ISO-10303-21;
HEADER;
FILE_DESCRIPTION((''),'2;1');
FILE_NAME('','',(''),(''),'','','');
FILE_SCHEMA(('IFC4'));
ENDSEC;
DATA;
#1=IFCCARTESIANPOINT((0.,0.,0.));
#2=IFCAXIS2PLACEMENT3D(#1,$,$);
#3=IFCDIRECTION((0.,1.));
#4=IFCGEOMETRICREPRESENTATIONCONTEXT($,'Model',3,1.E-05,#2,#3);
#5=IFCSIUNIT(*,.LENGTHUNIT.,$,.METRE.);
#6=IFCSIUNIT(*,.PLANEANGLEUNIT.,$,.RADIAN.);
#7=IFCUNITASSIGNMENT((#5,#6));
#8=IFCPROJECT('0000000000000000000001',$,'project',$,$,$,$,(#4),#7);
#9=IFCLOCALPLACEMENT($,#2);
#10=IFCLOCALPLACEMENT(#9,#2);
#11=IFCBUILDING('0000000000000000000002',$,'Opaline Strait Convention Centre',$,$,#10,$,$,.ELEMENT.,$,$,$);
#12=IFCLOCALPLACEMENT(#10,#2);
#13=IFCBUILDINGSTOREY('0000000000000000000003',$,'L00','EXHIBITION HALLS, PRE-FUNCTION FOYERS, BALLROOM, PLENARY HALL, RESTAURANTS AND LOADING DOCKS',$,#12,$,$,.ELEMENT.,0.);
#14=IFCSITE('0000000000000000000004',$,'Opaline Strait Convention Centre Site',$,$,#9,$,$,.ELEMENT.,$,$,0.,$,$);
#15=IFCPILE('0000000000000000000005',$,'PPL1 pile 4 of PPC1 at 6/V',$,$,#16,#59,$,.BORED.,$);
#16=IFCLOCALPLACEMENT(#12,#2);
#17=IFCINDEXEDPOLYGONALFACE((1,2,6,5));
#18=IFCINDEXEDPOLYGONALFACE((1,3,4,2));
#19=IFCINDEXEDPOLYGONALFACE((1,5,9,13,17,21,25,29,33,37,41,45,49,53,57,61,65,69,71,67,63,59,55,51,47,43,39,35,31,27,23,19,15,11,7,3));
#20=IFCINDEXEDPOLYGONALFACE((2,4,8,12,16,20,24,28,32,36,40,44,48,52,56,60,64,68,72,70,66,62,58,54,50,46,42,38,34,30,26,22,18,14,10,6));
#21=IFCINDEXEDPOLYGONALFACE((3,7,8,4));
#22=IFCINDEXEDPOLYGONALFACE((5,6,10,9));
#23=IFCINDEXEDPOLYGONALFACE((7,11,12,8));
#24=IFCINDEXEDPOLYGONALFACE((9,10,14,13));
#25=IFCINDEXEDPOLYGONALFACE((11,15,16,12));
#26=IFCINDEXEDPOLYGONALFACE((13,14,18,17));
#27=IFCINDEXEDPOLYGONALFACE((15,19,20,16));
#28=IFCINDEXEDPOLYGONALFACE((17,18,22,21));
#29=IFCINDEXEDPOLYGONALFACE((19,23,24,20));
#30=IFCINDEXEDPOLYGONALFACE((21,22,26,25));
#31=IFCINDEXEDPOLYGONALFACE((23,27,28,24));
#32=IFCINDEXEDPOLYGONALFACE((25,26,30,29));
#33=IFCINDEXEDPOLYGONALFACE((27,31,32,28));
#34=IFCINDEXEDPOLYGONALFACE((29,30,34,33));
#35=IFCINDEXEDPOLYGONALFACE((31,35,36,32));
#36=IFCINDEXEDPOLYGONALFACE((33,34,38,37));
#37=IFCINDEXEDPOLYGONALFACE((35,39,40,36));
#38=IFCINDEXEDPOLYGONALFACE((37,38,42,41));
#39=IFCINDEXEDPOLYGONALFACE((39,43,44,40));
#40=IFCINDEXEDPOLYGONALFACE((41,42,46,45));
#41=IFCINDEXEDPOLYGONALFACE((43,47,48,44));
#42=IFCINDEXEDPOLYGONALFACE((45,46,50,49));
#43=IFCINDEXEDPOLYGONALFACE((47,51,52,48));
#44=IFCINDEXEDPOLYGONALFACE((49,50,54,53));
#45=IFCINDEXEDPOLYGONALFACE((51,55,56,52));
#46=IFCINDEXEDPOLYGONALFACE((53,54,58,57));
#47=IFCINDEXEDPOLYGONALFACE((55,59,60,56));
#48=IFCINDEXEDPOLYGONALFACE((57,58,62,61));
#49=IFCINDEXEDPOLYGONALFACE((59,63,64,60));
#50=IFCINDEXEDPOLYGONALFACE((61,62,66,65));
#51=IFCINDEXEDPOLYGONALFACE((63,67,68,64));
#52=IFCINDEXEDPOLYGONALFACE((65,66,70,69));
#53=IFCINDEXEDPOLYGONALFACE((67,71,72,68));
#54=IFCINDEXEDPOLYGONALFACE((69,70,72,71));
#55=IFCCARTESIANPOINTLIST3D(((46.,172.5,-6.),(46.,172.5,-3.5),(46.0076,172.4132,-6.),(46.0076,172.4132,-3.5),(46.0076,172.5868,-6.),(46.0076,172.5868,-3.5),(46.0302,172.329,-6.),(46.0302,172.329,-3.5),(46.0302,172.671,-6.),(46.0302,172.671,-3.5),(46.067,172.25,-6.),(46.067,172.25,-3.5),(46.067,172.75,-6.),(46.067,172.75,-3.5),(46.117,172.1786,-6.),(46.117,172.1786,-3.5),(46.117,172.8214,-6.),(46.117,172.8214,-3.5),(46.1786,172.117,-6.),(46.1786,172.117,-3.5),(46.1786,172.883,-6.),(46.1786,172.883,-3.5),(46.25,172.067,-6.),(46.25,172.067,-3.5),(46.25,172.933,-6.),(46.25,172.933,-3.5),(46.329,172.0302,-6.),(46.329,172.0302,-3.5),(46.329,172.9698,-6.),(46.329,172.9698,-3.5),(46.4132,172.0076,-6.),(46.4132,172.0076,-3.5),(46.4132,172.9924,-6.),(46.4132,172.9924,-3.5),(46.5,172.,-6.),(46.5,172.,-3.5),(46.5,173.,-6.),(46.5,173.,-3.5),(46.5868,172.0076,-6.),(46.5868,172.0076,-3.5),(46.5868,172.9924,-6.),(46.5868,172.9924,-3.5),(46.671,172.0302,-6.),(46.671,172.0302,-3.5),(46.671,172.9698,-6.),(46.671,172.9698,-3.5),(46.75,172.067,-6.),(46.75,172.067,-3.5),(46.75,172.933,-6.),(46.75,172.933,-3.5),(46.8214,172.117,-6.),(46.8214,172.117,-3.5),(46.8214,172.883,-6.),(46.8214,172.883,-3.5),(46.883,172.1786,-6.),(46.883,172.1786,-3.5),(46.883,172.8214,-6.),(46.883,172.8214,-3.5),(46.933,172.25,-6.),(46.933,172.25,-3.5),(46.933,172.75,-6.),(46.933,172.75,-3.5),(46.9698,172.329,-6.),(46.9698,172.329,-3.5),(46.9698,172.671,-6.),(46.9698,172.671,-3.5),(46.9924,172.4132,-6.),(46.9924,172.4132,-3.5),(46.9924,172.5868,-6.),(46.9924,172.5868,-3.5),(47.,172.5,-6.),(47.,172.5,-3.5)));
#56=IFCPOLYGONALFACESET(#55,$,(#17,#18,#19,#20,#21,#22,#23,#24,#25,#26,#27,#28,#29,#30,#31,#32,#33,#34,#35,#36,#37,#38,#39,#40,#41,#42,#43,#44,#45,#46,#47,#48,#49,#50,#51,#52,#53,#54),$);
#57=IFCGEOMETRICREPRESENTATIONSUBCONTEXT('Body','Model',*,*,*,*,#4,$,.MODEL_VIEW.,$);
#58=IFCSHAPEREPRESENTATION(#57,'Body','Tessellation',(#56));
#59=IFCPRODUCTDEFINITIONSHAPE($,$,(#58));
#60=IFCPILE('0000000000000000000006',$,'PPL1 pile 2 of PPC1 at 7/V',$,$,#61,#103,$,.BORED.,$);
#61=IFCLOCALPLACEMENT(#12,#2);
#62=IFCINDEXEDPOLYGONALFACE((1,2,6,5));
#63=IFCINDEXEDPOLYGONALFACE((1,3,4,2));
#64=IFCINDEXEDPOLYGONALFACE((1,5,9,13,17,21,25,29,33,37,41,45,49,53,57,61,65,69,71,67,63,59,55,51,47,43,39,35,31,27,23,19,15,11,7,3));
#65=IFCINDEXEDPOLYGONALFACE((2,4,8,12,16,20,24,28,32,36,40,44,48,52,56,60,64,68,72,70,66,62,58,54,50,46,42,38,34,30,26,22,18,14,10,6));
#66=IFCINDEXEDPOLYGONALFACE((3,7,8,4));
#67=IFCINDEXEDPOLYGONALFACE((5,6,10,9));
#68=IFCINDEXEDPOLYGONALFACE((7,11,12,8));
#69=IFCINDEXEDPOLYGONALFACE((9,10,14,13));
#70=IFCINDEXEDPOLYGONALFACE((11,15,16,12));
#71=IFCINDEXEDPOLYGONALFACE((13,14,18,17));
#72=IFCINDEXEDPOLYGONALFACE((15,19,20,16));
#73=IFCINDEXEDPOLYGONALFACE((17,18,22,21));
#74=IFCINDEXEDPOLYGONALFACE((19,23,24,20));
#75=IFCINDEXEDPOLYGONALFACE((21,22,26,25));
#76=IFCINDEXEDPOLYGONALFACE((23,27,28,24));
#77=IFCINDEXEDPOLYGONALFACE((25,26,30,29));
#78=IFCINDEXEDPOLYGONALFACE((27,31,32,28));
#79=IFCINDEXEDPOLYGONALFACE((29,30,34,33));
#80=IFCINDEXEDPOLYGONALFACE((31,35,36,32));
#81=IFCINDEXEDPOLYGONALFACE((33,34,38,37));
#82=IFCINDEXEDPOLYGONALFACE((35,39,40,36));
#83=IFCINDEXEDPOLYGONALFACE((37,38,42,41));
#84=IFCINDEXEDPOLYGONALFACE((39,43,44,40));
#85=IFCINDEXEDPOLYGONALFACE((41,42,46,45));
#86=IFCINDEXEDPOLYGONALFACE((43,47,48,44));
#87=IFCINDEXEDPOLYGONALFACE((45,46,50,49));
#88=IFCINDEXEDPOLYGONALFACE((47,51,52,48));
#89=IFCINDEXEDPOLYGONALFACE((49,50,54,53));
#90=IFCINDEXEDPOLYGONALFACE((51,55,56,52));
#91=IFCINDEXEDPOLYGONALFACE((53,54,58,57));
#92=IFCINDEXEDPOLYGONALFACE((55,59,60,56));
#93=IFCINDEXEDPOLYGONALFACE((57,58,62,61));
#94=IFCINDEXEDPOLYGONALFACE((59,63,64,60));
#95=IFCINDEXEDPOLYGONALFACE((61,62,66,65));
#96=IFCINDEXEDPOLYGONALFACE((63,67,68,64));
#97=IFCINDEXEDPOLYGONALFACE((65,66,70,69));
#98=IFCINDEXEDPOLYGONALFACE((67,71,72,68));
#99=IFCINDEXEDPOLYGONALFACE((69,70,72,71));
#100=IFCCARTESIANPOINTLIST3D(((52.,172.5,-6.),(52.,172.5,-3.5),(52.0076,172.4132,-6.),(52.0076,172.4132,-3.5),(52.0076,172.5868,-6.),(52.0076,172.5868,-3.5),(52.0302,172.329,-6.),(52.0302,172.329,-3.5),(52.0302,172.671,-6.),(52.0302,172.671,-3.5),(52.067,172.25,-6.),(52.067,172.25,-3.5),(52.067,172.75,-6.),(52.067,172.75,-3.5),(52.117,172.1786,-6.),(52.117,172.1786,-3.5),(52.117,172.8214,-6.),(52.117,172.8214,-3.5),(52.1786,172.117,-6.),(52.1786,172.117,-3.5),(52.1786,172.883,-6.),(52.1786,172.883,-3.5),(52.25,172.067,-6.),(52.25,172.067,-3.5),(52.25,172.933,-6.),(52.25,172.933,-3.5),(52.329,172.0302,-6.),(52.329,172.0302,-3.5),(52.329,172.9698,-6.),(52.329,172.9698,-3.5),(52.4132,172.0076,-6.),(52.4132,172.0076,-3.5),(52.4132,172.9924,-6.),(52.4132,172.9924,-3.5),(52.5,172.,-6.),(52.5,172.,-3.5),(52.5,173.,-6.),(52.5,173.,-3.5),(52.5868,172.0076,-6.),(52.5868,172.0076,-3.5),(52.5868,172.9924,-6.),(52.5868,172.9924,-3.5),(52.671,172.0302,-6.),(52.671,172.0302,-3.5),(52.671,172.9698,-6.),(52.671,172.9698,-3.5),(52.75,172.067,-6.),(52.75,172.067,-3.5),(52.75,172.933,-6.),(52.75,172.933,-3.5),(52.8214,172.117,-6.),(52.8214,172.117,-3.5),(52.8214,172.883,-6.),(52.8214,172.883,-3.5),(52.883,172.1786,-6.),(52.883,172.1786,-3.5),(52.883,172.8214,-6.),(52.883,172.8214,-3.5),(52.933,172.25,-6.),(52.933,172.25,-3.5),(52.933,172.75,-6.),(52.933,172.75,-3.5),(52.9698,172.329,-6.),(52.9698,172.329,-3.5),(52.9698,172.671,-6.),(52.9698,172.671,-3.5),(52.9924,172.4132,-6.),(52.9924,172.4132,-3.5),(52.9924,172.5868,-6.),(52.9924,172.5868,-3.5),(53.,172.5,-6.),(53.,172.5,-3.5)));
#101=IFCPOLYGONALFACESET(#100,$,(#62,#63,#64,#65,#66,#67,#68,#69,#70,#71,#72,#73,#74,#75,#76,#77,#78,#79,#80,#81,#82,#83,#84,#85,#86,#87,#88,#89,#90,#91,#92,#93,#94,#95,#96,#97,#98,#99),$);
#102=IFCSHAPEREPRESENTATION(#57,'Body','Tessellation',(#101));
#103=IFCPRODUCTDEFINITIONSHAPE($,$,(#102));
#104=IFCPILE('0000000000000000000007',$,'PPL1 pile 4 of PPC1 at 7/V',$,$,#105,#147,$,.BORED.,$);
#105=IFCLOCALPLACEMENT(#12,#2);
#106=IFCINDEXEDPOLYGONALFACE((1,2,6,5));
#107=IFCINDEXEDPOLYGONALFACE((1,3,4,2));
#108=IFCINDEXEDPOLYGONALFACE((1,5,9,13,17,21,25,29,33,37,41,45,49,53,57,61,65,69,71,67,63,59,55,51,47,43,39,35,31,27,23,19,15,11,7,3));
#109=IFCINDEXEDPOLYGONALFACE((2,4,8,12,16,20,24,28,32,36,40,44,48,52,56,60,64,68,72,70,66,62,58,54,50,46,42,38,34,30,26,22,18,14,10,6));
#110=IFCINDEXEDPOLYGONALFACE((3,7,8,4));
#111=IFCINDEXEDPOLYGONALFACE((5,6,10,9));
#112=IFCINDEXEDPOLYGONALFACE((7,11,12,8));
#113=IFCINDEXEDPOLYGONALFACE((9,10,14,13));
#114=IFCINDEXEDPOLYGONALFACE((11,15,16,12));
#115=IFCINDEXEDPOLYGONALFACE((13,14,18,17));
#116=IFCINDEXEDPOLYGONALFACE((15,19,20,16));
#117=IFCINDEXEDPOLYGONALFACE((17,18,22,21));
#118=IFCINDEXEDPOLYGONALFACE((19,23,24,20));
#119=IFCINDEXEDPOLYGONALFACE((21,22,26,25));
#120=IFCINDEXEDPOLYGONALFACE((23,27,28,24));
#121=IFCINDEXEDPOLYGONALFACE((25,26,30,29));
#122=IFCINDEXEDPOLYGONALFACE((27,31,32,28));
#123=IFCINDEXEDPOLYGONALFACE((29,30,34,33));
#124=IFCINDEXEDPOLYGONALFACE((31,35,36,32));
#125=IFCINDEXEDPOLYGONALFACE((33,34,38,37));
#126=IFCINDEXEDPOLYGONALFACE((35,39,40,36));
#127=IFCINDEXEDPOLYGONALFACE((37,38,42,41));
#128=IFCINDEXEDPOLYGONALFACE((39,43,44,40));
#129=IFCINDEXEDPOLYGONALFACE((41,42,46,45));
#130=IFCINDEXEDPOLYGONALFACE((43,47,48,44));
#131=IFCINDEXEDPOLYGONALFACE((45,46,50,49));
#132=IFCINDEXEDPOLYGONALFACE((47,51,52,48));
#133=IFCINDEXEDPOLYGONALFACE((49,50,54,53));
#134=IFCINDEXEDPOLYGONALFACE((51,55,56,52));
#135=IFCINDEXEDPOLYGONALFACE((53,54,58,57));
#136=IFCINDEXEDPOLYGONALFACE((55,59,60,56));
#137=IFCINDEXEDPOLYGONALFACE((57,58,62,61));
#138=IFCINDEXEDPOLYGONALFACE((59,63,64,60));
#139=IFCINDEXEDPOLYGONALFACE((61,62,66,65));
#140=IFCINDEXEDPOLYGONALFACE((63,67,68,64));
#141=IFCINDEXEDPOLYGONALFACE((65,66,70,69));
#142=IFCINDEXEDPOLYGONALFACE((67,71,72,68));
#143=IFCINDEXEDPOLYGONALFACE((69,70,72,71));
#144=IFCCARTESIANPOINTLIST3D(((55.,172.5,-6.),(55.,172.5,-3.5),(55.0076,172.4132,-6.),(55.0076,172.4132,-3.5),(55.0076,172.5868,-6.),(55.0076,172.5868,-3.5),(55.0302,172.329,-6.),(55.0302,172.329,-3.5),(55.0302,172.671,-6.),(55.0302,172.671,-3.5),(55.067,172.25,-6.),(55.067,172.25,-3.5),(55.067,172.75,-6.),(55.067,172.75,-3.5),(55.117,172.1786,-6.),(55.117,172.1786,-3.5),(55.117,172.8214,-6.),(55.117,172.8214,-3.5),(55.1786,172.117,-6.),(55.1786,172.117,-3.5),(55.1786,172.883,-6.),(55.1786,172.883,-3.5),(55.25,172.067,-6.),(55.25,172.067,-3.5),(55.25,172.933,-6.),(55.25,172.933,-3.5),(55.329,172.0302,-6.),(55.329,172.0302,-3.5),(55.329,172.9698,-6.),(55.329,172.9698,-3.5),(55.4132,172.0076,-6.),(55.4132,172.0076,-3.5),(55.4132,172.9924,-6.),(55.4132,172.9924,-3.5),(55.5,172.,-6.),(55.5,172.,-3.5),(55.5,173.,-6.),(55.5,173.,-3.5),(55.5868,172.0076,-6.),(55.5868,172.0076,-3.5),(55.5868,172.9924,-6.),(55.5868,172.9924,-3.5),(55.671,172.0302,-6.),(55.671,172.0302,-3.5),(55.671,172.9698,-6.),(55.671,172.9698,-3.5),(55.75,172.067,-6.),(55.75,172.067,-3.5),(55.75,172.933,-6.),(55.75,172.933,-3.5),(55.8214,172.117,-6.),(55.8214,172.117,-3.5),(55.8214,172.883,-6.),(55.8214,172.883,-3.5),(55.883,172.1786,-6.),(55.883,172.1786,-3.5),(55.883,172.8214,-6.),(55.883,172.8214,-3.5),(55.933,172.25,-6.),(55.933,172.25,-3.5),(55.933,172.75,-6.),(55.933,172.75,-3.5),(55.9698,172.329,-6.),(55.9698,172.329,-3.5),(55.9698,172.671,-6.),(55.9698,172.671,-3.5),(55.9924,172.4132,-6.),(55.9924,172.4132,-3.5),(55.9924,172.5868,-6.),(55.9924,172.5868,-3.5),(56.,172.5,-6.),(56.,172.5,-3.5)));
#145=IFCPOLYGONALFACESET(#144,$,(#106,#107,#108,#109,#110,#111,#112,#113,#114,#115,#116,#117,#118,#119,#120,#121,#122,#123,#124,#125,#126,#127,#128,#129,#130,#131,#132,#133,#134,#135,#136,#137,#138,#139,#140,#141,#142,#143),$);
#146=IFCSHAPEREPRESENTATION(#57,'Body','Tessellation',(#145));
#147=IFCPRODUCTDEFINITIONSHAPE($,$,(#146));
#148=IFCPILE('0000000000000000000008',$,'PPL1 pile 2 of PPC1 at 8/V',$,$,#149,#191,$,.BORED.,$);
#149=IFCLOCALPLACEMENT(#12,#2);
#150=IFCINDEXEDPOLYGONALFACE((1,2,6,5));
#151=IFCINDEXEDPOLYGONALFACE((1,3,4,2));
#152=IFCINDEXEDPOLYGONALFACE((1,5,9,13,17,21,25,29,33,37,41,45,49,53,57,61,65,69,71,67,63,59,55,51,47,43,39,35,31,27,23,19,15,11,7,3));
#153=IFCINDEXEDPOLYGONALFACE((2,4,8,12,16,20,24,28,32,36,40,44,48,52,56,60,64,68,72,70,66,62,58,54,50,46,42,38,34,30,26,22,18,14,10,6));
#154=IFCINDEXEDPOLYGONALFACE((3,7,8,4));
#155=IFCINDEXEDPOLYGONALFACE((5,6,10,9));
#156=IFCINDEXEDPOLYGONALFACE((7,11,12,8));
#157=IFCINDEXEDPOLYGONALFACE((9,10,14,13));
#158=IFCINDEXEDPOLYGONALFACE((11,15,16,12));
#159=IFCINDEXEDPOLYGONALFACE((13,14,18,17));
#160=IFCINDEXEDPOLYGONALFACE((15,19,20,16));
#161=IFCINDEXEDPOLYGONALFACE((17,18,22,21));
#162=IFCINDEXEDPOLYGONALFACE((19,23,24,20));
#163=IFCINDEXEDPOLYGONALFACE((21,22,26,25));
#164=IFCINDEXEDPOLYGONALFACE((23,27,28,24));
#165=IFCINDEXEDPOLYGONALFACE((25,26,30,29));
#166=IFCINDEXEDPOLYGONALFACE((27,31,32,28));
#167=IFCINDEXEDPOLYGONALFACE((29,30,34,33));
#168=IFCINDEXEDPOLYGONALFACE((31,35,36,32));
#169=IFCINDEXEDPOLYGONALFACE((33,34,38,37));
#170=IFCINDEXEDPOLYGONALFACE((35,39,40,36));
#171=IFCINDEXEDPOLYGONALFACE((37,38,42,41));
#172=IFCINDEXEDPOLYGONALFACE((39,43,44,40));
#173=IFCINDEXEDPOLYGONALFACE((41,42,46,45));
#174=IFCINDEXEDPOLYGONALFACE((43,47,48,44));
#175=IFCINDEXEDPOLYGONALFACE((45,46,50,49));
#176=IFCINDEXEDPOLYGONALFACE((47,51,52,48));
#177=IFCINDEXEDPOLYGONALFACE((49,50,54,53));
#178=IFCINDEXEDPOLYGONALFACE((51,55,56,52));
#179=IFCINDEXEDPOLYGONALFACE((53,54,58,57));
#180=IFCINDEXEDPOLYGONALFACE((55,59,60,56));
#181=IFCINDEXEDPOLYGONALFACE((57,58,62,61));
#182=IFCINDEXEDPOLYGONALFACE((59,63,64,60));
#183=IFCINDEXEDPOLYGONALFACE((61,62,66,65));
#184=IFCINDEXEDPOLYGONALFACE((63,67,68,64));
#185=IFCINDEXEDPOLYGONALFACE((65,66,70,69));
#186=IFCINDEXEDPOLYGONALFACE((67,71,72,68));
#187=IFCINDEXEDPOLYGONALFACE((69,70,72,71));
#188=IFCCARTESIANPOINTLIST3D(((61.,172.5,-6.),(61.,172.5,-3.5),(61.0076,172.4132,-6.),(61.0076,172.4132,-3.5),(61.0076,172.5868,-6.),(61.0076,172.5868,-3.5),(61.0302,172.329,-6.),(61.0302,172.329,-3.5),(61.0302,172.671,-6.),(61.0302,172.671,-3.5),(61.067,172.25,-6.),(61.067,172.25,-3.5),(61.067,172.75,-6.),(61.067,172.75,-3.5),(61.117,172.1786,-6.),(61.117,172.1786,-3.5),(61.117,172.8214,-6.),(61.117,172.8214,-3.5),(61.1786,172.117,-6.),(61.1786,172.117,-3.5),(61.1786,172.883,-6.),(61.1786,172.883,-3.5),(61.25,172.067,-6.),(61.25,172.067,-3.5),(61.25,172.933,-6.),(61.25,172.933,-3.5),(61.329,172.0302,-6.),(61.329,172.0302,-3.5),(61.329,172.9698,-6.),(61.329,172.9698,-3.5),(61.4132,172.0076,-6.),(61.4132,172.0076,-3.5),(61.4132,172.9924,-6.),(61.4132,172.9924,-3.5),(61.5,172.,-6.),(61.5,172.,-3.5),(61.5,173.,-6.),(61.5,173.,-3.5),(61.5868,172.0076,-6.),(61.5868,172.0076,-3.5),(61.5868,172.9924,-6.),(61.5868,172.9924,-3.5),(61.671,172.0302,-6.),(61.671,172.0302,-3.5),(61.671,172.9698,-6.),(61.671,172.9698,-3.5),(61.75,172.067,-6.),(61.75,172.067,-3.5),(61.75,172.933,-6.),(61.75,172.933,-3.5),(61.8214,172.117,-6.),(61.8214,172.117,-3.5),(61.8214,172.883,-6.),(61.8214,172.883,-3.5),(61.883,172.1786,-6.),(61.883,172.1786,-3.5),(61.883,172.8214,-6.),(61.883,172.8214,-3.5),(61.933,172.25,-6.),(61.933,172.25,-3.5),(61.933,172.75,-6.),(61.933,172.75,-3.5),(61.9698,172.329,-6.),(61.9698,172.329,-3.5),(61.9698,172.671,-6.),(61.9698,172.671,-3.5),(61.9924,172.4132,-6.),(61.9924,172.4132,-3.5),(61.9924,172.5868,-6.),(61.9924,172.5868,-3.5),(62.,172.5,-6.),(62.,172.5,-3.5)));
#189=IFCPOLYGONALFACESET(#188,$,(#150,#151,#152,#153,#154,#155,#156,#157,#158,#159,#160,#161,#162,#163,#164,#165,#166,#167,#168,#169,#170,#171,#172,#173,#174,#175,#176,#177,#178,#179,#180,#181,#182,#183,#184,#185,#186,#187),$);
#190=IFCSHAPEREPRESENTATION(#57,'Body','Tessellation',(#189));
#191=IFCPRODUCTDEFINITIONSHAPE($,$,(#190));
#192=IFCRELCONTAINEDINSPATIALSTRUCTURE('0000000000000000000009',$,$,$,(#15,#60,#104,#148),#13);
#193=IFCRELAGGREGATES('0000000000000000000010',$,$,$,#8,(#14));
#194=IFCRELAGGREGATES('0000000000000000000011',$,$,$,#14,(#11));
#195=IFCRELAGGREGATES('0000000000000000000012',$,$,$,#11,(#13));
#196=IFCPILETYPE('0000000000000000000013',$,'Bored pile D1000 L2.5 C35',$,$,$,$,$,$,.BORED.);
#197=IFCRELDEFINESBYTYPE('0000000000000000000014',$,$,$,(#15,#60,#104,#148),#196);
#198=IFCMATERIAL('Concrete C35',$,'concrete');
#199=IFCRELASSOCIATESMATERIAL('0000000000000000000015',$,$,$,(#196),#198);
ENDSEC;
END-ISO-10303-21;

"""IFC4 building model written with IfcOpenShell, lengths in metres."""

from ifc_helpers import new_model, si_unit, direction, frame, origin, origin_2d, place, context, subcontext, project, spatial, circle, extrude, material, material_profile, profile_set, type_object, element, save


model = new_model("IFC4")

# Units and contexts
model_context = context("Model", 3, precision=1e-05, world=origin(), true_north=direction((0.0, 1.0)))
body_context = subcontext(model_context, "Body", "Model", "MODEL_VIEW")
ifc_project = project(units=[si_unit("LENGTHUNIT", "METRE"), si_unit("PLANEANGLEUNIT", "RADIAN")], contexts=[model_context])

# Site, building, storey
site_placement = place(None, origin())
site = spatial("IfcSite", under=ifc_project, at=site_placement, Name="Opaline Strait Convention Centre Site", CompositionType="ELEMENT", RefElevation=0.0)
building_placement = place(site_placement, origin())
building = spatial("IfcBuilding", under=site, at=building_placement, Name="Opaline Strait Convention Centre", CompositionType="ELEMENT")
storey_placement = place(building_placement, origin())
storey = spatial("IfcBuildingStorey", under=building, at=storey_placement, Name="L00", Description="EXHIBITION HALLS, PRE-FUNCTION FOYERS, BALLROOM, PLENARY HALL, RESTAURANTS AND LOADING DOCKS", CompositionType="ELEMENT", Elevation=0.0)

# Piles
ifc_material_1 = material(Name="Concrete C35", Category="concrete")
ifc_material_profile_1 = material_profile(ifc_material_1, circle(Radius=0.5, at=origin_2d()), Name="D1000")
ifc_profile_set_1 = profile_set([ifc_material_profile_1], Name="Concrete C35")
pile_type = type_object("IfcPileType", Name="Bored pile D1000 L2.5 C35", PredefinedType="BORED", material=ifc_profile_set_1)
for number, where, z_axis, x_axis, name in (
    (1, (46.5, 172.5, -3.5), (0.0, 0.0, -1.0), (1.0, 0.0, 0.0), "PPL1 pile 4 of PPC1 at 6/V"),
    (2, (52.5, 172.5, -3.5), (0.0, 0.0, -1.0), (1.0, 0.0, 0.0), "PPL1 pile 2 of PPC1 at 7/V"),
    (3, (55.5, 172.5, -3.5), (0.0, 0.0, -1.0), (1.0, 0.0, 0.0), "PPL1 pile 4 of PPC1 at 7/V"),
    (4, (61.5, 172.5, -3.5), (0.0, 0.0, -1.0), (1.0, 0.0, 0.0), "PPL1 pile 2 of PPC1 at 8/V"),
):
    element("IfcPile", number, at=place(storey_placement, frame(where, z_axis=z_axis, x_axis=x_axis)), inside=storey, type_object=pile_type, Name=name, PredefinedType="BORED", context=body_context, shape_type="SweptSolid", body=[
        extrude(circle(Radius=0.5, at=origin_2d()), origin(), (0.0, 0.0, 1.0), 2.5),
    ])

save(model, "model.ifc")
